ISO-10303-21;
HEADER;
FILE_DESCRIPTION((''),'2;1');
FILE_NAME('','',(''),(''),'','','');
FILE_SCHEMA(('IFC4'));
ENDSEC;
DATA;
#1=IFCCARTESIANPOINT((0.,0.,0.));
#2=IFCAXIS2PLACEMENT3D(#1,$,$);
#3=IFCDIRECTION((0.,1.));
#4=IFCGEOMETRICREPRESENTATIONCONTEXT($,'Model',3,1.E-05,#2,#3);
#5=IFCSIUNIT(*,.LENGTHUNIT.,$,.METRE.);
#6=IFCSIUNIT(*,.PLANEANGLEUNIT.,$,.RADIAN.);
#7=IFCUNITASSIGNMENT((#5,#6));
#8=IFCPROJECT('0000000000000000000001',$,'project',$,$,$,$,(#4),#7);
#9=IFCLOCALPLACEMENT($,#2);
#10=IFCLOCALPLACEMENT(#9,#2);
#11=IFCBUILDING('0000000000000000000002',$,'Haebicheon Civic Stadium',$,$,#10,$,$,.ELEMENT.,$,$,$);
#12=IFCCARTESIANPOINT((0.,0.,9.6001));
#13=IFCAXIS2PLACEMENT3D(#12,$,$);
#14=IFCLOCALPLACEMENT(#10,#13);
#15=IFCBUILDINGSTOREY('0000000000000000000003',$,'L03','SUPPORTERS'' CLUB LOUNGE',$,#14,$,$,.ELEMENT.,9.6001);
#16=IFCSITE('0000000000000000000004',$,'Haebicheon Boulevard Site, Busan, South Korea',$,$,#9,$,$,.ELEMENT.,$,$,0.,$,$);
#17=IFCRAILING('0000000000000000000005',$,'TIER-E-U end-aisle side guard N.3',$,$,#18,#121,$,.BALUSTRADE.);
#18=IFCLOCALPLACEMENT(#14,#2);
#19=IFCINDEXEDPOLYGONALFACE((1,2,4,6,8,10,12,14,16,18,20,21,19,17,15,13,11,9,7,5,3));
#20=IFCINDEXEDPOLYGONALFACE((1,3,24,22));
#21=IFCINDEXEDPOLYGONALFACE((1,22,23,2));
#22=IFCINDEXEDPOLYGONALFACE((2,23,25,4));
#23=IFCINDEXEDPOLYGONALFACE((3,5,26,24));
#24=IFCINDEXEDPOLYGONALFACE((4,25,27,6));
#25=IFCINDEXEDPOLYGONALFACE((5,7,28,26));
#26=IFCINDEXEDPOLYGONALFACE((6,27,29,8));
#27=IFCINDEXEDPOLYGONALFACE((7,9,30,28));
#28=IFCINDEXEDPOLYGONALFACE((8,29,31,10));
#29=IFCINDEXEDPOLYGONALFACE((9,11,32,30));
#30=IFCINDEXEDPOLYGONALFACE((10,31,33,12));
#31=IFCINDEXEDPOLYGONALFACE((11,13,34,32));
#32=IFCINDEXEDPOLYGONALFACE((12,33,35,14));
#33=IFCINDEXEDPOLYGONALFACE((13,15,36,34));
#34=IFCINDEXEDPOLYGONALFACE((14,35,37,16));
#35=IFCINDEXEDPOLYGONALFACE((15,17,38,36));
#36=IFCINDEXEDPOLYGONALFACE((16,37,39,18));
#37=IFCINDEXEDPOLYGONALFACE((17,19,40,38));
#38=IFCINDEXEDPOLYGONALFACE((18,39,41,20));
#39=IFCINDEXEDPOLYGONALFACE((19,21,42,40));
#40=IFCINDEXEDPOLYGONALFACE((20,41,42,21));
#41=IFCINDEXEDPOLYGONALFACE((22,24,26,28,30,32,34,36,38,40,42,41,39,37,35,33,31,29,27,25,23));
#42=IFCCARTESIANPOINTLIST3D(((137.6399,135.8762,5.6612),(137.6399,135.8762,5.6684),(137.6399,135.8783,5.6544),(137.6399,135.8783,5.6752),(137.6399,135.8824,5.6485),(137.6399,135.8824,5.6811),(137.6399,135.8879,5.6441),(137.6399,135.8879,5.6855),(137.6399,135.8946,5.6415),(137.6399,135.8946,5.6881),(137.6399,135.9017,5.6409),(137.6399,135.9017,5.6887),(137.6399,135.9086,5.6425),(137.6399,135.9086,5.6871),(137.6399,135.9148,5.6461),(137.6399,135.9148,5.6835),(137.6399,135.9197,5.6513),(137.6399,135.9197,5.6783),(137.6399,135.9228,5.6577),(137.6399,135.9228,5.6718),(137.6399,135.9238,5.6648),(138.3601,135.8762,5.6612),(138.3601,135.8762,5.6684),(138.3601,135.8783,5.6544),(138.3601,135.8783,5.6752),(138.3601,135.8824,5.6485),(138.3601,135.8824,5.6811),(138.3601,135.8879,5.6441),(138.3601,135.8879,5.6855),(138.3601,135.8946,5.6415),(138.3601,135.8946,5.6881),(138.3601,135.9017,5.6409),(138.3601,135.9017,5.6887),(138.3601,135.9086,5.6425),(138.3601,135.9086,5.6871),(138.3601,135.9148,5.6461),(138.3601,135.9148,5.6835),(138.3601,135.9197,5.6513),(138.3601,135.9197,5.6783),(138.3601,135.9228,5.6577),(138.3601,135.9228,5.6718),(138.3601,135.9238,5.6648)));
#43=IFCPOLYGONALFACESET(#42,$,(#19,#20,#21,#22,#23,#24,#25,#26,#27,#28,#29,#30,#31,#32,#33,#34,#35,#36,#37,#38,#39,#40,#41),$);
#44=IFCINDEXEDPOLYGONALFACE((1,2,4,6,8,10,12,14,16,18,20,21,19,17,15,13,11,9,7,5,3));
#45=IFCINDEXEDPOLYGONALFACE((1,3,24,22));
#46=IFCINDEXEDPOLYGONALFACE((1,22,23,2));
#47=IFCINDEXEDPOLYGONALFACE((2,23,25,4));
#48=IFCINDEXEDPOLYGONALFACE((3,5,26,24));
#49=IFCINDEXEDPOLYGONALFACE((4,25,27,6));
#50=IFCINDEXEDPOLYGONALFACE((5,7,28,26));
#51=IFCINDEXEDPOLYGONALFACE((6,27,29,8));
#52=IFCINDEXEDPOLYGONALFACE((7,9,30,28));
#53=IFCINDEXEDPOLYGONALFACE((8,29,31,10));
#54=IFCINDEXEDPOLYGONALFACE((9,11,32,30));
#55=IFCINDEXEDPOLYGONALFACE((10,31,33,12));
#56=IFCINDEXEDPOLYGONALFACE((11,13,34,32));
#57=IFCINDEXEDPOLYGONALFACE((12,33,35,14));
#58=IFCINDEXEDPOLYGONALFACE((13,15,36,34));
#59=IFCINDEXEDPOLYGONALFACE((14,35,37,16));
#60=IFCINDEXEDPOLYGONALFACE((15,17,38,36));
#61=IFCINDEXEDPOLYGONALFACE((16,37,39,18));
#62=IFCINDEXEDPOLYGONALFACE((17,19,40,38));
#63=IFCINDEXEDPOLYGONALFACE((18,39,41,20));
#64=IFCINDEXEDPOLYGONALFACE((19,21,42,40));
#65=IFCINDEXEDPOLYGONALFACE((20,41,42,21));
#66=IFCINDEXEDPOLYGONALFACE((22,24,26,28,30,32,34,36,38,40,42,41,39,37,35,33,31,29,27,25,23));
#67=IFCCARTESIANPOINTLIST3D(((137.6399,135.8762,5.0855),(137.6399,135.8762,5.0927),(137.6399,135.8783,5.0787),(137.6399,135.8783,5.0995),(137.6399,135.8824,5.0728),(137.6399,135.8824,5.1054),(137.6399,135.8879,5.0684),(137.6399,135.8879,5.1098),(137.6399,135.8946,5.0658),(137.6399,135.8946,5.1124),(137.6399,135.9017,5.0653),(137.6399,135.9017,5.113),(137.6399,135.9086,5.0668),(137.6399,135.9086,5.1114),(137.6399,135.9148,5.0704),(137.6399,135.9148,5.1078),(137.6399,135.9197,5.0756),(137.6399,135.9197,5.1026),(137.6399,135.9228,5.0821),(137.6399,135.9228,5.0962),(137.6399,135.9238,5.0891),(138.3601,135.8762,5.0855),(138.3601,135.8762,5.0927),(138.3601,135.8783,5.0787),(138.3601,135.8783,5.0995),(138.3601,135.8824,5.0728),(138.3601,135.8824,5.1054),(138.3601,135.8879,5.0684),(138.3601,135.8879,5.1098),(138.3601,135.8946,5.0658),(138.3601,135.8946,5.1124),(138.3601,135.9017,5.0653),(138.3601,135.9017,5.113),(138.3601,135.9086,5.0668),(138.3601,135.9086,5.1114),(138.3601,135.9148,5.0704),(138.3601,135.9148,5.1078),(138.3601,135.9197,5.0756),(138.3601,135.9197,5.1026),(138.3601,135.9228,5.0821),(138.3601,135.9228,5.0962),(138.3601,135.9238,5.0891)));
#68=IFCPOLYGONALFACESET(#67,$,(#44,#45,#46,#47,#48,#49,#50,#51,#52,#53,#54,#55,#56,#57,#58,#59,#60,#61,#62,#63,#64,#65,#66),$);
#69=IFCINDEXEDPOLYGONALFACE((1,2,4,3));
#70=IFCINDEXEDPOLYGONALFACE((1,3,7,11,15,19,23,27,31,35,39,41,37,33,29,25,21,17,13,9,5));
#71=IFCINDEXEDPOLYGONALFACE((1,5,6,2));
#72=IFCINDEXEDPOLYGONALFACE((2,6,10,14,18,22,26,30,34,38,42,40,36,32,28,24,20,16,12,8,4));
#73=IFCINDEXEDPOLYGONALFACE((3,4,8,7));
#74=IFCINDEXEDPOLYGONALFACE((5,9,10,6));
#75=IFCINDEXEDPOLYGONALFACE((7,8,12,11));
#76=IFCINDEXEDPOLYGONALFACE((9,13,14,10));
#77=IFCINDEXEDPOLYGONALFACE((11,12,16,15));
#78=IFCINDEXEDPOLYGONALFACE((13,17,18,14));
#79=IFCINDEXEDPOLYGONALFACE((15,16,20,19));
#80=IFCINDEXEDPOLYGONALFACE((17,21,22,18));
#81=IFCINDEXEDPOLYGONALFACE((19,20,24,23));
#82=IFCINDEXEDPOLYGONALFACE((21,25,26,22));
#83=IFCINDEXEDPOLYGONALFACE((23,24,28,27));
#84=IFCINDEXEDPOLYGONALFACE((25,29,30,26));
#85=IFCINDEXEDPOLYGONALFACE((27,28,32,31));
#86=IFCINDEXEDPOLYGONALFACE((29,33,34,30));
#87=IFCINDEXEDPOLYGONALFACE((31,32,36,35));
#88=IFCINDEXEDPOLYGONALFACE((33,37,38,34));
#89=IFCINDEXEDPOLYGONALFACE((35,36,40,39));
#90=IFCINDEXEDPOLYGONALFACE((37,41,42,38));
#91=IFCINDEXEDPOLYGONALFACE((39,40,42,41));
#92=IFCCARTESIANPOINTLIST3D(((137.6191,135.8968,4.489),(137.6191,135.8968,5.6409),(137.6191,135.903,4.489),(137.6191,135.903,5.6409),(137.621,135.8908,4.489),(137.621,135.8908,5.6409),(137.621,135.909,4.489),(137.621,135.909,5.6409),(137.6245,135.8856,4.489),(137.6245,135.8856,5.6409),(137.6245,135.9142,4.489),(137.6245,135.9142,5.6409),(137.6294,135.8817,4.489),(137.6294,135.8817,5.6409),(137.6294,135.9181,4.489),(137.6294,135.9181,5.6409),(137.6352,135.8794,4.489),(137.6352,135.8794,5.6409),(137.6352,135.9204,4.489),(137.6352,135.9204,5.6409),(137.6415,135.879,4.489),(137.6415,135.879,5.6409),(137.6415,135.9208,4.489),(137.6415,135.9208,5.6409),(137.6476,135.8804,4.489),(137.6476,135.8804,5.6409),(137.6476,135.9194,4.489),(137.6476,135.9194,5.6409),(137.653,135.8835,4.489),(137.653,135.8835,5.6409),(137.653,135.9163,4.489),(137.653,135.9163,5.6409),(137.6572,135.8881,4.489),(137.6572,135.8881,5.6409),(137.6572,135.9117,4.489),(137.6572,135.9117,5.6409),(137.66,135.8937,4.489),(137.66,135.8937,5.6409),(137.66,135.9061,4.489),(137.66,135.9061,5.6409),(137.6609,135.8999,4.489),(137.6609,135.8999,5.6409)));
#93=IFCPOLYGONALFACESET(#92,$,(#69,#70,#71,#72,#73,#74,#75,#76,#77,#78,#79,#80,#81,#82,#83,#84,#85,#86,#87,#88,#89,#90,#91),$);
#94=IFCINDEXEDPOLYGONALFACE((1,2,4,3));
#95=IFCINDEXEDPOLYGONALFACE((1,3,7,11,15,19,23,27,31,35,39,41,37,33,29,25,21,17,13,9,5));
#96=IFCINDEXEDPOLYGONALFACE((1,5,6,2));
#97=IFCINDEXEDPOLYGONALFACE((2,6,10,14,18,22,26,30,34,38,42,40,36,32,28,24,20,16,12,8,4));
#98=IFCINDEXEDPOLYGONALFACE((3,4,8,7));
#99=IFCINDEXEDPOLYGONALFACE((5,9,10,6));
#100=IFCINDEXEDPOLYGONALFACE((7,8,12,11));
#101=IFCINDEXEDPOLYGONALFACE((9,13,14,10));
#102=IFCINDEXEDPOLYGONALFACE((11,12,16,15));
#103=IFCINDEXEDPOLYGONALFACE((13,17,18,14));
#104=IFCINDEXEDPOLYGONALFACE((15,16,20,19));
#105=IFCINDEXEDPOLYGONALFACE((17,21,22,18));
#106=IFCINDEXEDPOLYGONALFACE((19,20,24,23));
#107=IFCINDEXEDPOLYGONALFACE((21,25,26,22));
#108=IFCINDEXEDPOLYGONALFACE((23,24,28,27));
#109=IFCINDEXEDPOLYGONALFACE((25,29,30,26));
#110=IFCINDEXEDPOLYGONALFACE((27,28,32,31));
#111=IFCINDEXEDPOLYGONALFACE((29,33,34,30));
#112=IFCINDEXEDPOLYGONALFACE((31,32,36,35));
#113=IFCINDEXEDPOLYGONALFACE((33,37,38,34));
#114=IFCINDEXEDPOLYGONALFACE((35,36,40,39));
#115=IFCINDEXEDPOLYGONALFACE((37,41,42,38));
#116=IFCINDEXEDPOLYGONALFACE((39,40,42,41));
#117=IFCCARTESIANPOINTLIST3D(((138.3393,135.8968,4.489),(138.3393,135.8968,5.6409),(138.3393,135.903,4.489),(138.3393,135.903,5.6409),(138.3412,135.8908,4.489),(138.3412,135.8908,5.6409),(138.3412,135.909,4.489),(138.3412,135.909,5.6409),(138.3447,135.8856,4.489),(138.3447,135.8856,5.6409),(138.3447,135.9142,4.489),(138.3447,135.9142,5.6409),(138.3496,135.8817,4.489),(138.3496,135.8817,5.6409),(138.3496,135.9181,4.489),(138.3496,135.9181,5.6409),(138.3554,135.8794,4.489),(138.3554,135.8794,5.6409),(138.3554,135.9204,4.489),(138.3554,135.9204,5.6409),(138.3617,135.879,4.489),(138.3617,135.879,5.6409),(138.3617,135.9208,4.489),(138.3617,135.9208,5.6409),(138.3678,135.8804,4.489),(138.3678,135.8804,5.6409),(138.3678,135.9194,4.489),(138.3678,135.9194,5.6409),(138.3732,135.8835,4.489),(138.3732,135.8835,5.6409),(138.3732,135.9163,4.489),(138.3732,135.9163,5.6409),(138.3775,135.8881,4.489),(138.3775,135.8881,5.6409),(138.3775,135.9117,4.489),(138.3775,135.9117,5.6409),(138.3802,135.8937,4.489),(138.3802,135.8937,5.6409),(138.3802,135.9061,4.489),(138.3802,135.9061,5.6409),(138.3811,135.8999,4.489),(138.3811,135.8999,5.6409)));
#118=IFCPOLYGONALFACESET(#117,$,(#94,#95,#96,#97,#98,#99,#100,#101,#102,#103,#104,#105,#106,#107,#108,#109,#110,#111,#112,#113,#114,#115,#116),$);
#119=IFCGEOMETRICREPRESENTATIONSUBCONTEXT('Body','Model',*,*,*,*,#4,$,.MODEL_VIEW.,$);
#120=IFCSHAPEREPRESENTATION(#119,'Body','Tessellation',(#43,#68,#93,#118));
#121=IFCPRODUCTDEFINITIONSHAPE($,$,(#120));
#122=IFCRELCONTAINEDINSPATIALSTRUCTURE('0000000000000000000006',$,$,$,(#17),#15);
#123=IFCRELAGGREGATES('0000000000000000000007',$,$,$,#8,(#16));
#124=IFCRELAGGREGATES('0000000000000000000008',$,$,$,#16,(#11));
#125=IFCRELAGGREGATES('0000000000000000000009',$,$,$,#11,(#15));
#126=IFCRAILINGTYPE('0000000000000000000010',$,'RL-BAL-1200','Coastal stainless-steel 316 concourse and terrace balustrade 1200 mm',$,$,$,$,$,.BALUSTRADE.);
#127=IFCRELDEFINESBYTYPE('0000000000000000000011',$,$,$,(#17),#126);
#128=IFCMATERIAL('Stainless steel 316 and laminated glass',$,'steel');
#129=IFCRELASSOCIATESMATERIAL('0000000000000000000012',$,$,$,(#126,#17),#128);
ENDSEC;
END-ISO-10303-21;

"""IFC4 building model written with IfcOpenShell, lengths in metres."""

from ifc_helpers import new_model, si_unit, direction, frame, origin, origin_2d, place, context, subcontext, project, spatial, circle, extrude, material, type_object, element, save


model = new_model("IFC4")

# Units and contexts
model_context = context("Model", 3, precision=1e-05, world=origin(), true_north=direction((0.0, 1.0)))
body_context = subcontext(model_context, "Body", "Model", "MODEL_VIEW")
ifc_project = project(units=[si_unit("LENGTHUNIT", "METRE"), si_unit("PLANEANGLEUNIT", "RADIAN")], contexts=[model_context])

# Site, building, storey
site_placement = place(None, origin())
site = spatial("IfcSite", under=ifc_project, at=site_placement, Name="Haebicheon Boulevard Site, Busan, South Korea", CompositionType="ELEMENT", RefElevation=0.0)
building_placement = place(site_placement, origin())
building = spatial("IfcBuilding", under=site, at=building_placement, Name="Haebicheon Civic Stadium", CompositionType="ELEMENT")
storey_placement = place(building_placement, frame((0.0, 0.0, 9.6001)))
storey = spatial("IfcBuildingStorey", under=building, at=storey_placement, Name="L03", Description="SUPPORTERS' CLUB LOUNGE", CompositionType="ELEMENT", Elevation=9.6001)

# Railing
ifc_material_1 = material(Name="Stainless steel 316 and laminated glass", Category="steel")
railing_type = type_object("IfcRailingType", Name="RL-BAL-1200", Description="Coastal stainless-steel 316 concourse and terrace balustrade 1200 mm", PredefinedType="BALUSTRADE", material=ifc_material_1)
railing_placement = place(storey_placement, frame((137.6399, 135.8999, 4.489)))
element("IfcRailing", 1, at=railing_placement, inside=storey, type_object=railing_type, material=ifc_material_1, Name="TIER-E-U end-aisle side guard N.3", PredefinedType="BALUSTRADE", context=body_context, shape_type="SweptSolid", body=[
    extrude(circle(Radius=0.0239, at=origin_2d()), frame((0.0, 0.0, 1.1758), z_axis=(1.0, 0.0, 0.0), x_axis=(0.0, 1.0, 0.0)), (0.0, 0.0, 1.0), 0.7202),
    extrude(circle(Radius=0.0239, at=origin_2d()), frame((0.0, 0.0, 0.6001), z_axis=(1.0, 0.0, 0.0), x_axis=(0.0, 1.0, 0.0)), (0.0, 0.0, 1.0), 0.7202),
    extrude(circle(Radius=0.021, at=origin_2d()), origin(), (0.0, 0.0, 1.0), 1.1519),
    extrude(circle(Radius=0.021, at=origin_2d()), frame((0.7202, 0.0, 0.0)), (0.0, 0.0, 1.0), 1.1519),
])

save(model, "model.ifc")
